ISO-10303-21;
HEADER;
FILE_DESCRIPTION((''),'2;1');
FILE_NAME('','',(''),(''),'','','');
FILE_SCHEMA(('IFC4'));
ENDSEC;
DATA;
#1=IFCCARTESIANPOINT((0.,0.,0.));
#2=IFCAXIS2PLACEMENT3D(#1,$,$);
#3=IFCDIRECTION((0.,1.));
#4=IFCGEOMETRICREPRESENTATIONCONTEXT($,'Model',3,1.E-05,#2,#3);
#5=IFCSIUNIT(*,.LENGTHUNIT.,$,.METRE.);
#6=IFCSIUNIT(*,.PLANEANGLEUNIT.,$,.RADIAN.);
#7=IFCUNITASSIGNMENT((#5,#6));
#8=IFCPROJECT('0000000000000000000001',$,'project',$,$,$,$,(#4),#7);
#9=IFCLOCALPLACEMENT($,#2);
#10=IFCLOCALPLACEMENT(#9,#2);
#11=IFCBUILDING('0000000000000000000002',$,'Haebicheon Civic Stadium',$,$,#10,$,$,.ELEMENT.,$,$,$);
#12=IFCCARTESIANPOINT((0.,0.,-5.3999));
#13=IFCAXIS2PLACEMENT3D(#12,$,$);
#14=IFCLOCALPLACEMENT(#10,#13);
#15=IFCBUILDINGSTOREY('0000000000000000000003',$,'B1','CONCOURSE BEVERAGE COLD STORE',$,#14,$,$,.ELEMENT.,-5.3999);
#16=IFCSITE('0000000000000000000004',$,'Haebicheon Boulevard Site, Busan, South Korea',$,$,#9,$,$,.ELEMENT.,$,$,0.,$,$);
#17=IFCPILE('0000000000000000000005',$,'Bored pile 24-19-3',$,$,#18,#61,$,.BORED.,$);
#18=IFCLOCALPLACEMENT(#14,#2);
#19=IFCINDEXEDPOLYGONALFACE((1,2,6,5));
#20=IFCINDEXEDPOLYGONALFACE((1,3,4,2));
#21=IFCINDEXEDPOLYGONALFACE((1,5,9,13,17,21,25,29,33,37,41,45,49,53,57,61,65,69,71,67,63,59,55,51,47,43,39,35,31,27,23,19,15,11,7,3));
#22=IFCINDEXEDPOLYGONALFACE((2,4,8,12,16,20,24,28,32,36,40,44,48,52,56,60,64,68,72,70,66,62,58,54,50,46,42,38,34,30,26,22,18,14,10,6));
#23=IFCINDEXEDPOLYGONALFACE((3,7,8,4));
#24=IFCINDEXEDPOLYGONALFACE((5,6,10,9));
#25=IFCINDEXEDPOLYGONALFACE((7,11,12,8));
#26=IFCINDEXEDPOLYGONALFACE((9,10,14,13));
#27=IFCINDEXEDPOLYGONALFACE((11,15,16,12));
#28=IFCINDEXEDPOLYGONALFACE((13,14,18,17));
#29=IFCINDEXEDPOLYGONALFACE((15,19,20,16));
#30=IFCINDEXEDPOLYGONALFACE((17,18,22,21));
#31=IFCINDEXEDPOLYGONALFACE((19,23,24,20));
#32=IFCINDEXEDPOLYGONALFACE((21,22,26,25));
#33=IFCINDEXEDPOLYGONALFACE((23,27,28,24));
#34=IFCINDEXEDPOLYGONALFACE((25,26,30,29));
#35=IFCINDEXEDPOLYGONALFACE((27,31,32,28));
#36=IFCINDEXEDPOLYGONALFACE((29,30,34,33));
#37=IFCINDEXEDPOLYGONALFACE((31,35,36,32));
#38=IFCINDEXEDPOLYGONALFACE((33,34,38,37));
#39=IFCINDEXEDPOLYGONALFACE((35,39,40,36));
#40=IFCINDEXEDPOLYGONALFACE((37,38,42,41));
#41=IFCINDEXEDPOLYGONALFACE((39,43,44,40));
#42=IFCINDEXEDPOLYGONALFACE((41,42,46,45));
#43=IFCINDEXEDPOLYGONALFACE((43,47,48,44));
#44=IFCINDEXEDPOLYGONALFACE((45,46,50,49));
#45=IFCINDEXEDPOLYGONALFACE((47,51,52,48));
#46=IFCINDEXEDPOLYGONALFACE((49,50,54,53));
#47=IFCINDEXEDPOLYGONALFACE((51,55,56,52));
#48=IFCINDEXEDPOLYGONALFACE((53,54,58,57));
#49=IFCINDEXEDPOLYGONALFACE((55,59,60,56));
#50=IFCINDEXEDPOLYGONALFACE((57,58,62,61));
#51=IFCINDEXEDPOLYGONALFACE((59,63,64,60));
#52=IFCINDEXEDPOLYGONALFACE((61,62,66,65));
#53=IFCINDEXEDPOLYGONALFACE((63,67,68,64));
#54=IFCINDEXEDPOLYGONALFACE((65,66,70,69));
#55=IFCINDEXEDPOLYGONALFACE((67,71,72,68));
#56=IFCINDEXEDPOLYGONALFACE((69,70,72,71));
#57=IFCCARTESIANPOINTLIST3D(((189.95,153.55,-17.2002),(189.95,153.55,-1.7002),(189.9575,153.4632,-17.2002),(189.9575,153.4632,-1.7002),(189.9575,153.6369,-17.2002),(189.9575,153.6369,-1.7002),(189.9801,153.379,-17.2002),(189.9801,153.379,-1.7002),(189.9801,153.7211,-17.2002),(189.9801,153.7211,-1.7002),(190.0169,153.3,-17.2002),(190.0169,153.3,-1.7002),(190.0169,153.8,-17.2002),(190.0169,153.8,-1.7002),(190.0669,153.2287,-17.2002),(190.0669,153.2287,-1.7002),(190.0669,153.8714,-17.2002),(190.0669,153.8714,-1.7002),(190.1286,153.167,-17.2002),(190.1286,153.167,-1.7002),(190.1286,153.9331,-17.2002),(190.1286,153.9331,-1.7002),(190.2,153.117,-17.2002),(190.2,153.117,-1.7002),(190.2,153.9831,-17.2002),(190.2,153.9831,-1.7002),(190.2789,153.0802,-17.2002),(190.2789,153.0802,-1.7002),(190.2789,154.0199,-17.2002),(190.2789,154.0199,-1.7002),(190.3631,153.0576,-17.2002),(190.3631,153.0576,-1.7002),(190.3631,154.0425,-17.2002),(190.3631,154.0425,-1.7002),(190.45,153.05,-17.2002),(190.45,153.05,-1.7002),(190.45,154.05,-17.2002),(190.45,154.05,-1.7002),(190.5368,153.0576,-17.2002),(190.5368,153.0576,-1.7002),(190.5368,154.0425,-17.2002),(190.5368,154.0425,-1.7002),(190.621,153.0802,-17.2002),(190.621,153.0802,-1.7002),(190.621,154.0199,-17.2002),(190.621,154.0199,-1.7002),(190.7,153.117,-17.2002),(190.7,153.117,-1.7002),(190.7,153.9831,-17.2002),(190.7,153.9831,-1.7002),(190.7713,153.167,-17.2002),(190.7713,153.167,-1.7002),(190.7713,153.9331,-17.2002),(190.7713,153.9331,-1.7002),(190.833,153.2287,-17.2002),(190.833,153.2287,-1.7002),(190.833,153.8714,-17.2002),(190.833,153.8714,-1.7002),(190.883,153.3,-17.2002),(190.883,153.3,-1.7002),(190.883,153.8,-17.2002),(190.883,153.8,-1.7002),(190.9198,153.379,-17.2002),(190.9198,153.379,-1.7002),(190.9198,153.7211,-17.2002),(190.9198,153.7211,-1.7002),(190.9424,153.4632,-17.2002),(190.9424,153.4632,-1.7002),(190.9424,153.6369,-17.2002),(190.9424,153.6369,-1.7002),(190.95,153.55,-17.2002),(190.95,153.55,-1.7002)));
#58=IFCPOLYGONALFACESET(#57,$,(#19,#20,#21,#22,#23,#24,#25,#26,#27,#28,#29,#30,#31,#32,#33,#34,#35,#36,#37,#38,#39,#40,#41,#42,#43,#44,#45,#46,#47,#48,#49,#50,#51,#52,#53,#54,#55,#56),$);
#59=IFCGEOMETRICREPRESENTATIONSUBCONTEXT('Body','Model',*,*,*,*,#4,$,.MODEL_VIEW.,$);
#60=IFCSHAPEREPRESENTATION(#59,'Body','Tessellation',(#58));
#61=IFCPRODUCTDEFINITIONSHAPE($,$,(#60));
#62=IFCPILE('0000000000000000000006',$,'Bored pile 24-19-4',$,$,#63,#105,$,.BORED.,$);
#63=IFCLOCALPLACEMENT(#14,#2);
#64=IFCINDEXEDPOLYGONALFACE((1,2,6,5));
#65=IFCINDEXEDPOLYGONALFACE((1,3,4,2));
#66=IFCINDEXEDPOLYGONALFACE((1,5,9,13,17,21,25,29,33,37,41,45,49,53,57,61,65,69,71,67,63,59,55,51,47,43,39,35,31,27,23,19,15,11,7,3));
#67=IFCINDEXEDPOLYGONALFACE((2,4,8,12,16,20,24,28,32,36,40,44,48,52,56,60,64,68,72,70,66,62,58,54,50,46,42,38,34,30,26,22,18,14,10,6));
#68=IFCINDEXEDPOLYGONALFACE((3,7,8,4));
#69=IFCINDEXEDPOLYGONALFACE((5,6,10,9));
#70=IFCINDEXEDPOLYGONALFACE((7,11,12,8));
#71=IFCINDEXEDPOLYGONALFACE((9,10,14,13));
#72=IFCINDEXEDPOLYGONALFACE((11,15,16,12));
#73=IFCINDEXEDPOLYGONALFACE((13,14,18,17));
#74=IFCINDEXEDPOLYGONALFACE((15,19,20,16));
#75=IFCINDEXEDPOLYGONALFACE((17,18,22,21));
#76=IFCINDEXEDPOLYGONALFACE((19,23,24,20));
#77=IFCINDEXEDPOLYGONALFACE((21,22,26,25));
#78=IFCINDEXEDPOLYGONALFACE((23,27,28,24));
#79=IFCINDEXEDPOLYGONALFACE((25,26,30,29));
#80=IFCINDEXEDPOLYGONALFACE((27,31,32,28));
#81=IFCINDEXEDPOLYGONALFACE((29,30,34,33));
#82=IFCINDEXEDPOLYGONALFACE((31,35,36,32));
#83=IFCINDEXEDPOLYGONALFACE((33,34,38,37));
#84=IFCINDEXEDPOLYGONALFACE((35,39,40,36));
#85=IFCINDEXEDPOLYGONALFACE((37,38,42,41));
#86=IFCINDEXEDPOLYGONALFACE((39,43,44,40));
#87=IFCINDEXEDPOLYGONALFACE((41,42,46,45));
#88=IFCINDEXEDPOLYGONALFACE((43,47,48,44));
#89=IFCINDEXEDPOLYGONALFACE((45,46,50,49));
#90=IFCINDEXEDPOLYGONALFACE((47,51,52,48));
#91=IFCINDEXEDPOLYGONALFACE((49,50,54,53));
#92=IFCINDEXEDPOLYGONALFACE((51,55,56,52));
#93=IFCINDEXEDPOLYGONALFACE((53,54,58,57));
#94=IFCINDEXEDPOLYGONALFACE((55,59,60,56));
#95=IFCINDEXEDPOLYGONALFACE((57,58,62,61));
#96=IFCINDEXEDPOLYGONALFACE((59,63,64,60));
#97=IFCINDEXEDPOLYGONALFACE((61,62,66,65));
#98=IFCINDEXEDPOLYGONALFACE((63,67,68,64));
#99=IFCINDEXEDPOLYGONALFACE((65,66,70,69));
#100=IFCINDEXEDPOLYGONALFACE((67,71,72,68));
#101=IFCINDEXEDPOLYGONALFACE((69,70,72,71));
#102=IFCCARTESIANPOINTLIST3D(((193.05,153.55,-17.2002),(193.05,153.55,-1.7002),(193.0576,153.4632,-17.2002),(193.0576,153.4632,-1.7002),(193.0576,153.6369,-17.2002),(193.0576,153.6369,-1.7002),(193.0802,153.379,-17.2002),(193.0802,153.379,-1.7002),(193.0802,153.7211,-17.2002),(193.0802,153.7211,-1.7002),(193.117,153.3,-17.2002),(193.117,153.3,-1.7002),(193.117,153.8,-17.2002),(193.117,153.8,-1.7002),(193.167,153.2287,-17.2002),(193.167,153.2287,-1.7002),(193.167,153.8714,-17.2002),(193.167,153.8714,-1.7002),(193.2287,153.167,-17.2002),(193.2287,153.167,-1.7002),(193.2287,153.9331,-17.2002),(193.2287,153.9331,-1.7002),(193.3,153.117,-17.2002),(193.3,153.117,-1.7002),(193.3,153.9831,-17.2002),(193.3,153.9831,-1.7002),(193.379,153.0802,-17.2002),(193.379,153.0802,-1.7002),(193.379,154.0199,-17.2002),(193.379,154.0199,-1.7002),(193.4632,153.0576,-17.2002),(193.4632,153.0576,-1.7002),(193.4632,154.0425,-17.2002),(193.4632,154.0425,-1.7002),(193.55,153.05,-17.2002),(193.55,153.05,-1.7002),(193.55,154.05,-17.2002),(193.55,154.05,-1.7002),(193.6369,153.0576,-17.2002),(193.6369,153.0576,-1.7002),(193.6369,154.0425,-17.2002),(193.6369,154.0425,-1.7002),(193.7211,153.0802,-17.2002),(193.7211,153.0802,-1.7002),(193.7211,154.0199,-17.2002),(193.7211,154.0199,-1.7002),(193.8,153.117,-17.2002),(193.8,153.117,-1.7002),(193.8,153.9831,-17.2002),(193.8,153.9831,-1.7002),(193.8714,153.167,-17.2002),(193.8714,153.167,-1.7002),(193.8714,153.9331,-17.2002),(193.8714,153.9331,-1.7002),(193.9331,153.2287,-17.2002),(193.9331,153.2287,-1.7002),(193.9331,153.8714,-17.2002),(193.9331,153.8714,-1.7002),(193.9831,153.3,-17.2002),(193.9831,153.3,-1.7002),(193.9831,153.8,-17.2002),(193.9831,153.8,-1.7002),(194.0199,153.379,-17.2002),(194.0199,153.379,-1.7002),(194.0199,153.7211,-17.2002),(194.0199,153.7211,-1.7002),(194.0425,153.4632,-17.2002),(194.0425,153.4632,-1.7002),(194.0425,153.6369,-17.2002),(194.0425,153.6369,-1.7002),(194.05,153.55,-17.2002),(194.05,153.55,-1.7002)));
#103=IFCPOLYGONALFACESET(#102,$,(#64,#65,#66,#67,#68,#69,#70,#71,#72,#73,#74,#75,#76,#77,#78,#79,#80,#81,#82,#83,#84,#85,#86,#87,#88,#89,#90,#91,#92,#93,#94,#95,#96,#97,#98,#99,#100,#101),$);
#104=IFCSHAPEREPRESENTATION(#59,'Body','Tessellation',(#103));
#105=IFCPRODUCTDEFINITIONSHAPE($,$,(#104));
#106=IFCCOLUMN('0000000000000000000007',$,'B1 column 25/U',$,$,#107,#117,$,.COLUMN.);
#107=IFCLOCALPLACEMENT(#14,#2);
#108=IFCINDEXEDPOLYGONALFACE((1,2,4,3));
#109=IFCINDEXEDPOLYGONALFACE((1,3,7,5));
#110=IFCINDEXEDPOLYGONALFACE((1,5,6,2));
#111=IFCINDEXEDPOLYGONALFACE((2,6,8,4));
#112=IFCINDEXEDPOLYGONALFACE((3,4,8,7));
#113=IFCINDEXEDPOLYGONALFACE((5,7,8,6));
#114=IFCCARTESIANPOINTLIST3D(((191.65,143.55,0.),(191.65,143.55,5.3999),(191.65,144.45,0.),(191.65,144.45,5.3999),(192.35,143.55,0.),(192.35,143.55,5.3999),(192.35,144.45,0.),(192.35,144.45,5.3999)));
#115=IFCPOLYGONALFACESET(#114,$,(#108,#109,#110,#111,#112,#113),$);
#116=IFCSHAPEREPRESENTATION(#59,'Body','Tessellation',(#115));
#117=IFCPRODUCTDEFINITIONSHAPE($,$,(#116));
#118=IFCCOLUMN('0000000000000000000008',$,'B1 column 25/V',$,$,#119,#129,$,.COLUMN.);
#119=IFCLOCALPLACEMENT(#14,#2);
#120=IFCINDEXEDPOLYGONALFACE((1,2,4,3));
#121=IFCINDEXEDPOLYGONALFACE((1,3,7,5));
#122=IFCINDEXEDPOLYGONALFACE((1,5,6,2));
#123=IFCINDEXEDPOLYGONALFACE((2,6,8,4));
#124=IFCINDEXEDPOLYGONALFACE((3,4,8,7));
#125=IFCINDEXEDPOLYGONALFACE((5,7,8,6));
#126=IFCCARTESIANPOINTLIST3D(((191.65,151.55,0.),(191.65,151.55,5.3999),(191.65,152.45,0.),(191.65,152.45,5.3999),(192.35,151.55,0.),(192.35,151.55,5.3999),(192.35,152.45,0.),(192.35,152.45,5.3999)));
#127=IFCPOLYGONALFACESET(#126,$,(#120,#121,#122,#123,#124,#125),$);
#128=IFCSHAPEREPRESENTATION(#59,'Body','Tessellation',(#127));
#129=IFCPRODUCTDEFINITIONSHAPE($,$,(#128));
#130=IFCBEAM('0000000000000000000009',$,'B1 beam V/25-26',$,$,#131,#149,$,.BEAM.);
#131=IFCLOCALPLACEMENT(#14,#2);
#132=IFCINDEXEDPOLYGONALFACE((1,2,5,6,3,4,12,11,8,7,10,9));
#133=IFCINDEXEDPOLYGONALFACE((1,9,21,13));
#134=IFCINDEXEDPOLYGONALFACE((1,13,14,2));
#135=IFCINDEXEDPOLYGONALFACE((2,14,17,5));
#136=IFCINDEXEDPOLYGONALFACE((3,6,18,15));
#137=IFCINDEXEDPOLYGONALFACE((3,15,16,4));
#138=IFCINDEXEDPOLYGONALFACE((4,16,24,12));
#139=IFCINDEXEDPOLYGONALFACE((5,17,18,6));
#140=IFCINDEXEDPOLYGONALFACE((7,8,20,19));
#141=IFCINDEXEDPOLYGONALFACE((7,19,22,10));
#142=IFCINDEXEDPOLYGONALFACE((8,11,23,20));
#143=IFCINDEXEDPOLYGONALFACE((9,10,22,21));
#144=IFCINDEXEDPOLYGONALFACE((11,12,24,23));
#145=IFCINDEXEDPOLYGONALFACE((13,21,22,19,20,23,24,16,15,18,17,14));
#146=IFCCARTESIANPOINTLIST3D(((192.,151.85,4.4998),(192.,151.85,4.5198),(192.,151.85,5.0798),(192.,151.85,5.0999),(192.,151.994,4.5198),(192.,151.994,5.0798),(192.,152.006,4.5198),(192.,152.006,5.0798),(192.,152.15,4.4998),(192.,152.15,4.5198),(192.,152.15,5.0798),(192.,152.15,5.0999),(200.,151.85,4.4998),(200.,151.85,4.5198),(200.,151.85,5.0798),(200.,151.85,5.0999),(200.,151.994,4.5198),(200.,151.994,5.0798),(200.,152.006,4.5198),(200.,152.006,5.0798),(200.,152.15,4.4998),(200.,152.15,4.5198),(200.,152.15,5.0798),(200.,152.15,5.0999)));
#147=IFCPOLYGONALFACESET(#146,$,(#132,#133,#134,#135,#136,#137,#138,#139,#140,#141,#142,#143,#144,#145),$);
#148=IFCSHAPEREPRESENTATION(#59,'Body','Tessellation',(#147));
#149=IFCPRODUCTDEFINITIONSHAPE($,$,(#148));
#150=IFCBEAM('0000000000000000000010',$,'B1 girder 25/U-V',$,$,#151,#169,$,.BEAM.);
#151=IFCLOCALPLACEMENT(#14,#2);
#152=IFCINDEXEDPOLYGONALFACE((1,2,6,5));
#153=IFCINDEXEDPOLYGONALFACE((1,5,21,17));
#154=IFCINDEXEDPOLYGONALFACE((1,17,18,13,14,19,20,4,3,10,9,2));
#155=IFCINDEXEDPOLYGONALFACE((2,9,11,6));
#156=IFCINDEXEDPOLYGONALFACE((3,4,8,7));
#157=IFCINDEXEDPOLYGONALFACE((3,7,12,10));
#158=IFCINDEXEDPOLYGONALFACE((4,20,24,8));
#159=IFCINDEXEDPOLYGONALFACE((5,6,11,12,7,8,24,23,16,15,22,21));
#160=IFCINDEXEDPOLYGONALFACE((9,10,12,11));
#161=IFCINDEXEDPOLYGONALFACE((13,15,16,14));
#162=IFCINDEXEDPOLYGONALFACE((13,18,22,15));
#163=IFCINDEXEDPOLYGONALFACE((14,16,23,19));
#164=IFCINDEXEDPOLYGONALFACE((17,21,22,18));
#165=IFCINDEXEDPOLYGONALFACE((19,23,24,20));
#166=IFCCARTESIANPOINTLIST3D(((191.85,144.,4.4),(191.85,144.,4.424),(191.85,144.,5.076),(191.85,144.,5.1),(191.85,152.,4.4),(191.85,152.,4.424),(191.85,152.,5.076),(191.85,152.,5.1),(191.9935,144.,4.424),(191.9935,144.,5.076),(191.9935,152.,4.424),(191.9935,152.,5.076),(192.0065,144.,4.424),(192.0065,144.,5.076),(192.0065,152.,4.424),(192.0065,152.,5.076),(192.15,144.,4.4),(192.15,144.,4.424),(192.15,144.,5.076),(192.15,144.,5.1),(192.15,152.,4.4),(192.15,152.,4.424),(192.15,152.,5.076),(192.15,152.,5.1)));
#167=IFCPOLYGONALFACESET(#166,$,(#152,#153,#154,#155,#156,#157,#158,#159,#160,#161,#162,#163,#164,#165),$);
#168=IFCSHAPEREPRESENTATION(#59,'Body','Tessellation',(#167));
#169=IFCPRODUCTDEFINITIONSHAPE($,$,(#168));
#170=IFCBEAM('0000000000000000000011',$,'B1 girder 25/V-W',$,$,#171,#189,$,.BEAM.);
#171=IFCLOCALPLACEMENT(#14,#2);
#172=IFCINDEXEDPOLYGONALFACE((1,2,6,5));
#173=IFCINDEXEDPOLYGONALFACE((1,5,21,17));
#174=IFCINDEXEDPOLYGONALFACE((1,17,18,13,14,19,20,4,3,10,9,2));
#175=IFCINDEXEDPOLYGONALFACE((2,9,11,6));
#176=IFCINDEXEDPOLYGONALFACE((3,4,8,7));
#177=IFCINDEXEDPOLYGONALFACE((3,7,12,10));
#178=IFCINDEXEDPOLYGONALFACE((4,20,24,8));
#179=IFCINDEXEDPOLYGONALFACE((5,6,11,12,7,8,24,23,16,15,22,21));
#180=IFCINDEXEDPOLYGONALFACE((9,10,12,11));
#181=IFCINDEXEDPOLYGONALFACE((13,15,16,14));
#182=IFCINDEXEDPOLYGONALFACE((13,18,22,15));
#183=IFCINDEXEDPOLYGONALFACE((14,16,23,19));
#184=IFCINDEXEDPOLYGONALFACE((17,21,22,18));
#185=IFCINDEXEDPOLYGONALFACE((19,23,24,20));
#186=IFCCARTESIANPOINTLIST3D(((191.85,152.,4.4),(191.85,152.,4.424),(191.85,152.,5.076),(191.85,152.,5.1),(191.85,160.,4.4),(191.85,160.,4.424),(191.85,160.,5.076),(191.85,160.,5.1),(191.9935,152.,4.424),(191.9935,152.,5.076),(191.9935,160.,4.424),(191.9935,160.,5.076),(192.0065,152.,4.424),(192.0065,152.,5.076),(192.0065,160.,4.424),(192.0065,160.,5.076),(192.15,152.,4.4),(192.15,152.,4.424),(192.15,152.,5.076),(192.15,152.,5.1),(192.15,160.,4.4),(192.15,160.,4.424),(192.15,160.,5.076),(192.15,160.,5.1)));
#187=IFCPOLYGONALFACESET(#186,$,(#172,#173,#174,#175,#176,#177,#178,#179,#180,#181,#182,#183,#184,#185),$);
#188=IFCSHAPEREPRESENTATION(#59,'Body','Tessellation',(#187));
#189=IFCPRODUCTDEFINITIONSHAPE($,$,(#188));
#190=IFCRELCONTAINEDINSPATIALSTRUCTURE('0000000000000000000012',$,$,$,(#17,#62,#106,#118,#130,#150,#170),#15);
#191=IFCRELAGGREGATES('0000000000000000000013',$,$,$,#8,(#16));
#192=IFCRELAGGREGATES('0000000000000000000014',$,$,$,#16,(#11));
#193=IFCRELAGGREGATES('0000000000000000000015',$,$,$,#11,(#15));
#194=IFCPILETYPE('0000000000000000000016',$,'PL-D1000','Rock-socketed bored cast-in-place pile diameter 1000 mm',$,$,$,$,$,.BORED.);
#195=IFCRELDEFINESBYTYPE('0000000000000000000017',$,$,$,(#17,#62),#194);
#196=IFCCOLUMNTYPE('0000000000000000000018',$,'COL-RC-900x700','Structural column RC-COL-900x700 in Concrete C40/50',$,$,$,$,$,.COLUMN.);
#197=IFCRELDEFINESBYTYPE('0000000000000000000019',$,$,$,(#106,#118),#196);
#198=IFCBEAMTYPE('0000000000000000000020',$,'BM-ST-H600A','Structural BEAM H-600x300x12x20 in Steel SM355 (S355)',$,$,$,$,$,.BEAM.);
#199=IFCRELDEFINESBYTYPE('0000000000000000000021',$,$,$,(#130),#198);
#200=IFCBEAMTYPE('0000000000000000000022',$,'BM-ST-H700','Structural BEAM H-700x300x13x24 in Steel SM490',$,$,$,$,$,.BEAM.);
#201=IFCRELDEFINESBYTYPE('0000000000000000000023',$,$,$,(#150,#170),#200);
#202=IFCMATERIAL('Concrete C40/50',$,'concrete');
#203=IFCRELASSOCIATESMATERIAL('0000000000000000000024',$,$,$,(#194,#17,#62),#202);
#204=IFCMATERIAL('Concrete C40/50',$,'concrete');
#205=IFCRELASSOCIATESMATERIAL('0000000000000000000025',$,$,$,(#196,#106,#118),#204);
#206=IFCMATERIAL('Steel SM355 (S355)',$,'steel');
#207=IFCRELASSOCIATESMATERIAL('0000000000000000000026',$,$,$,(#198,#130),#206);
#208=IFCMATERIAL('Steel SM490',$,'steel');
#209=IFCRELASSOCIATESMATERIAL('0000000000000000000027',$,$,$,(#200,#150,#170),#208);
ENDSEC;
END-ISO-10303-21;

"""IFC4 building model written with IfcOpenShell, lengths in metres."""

from ifc_helpers import new_model, si_unit, direction, frame, origin, origin_2d, place, context, subcontext, project, spatial, rectangle, circle, i_section, extrude, material, material_profile, profile_set, type_object, element, save


model = new_model("IFC4")

# Units and contexts
model_context = context("Model", 3, precision=1e-05, world=origin(), true_north=direction((0.0, 1.0)))
body_context = subcontext(model_context, "Body", "Model", "MODEL_VIEW")
ifc_project = project(units=[si_unit("LENGTHUNIT", "METRE"), si_unit("PLANEANGLEUNIT", "RADIAN")], contexts=[model_context])

# Site, building, storey
site_placement = place(None, origin())
site = spatial("IfcSite", under=ifc_project, at=site_placement, Name="Haebicheon Boulevard Site, Busan, South Korea", CompositionType="ELEMENT", RefElevation=0.0)
building_placement = place(site_placement, origin())
building = spatial("IfcBuilding", under=site, at=building_placement, Name="Haebicheon Civic Stadium", CompositionType="ELEMENT")
storey_placement = place(building_placement, frame((0.0, 0.0, -5.3999)))
storey = spatial("IfcBuildingStorey", under=building, at=storey_placement, Name="B1", Description="CONCOURSE BEVERAGE COLD STORE", CompositionType="ELEMENT", Elevation=-5.3999)

# Piles
ifc_material_1 = material(Name="Concrete C40/50", Category="concrete")
ifc_material_profile_1 = material_profile(ifc_material_1, circle(Radius=0.5, at=origin_2d()), Name="PILE-D1000")
ifc_profile_set_1 = profile_set([ifc_material_profile_1], Name="Concrete C40/50")
pile_type = type_object("IfcPileType", Name="PL-D1000", Description="Rock-socketed bored cast-in-place pile diameter 1000 mm", PredefinedType="BORED", material=ifc_profile_set_1)
for number, where, z_axis, x_axis, name in (
    (1, (190.45, 153.55, -1.7002), (0.0, 0.0, -1.0), (1.0, 0.0, 0.0), "Bored pile 24-19-3"),
    (2, (193.55, 153.55, -1.7002), (0.0, 0.0, -1.0), (1.0, 0.0, 0.0), "Bored pile 24-19-4"),
):
    element("IfcPile", number, at=place(storey_placement, frame(where, z_axis=z_axis, x_axis=x_axis)), inside=storey, type_object=pile_type, material=ifc_profile_set_1, Name=name, PredefinedType="BORED", context=body_context, shape_type="SweptSolid", body=[
        extrude(circle(Radius=0.5, at=origin_2d()), origin(), (0.0, 0.0, 1.0), 15.5),
    ])

# Columns
ifc_material_2 = material(Name="Concrete C40/50", Category="concrete")
ifc_material_profile_2 = material_profile(ifc_material_2, rectangle(XDim=0.7, YDim=0.8999, at=origin_2d()), Name="RC-COL-900x700")
ifc_profile_set_2 = profile_set([ifc_material_profile_2], Name="Concrete C40/50")
column_type = type_object("IfcColumnType", Name="COL-RC-900x700", Description="Structural column RC-COL-900x700 in Concrete C40/50", PredefinedType="COLUMN", material=ifc_profile_set_2)
for number, where, z_axis, x_axis, name in (
    (3, (192.0, 144.0, 0.0), (0.0, 0.0, 1.0), (1.0, 0.0, 0.0), "B1 column 25/U"),
    (4, (192.0, 152.0, 0.0), (0.0, 0.0, 1.0), (1.0, 0.0, 0.0), "B1 column 25/V"),
):
    element("IfcColumn", number, at=place(storey_placement, frame(where, z_axis=z_axis, x_axis=x_axis)), inside=storey, type_object=column_type, material=ifc_profile_set_2, Name=name, PredefinedType="COLUMN", context=body_context, shape_type="SweptSolid", body=[
        extrude(rectangle(XDim=0.7, YDim=0.8999, at=origin_2d()), origin(), (0.0, 0.0, 1.0), 5.3999),
    ])

# Beams
ifc_material_3 = material(Name="Steel SM355 (S355)", Category="steel")
ifc_material_profile_3 = material_profile(ifc_material_3, i_section(OverallWidth=0.3, OverallDepth=0.6001, WebThickness=0.012, FlangeThickness=0.02, at=origin_2d()), Name="H-600x300x12x20")
ifc_profile_set_3 = profile_set([ifc_material_profile_3], Name="Steel SM355 (S355)")
beam_type_1 = type_object("IfcBeamType", Name="BM-ST-H600A", Description="Structural BEAM H-600x300x12x20 in Steel SM355 (S355)", PredefinedType="BEAM", material=ifc_profile_set_3)
beam_1_placement = place(storey_placement, frame((192.0, 152.0, 4.7998), z_axis=(1.0, 0.0, 0.0), x_axis=(0.0, 1.0, 0.0)))
element("IfcBeam", 5, at=beam_1_placement, inside=storey, type_object=beam_type_1, material=ifc_profile_set_3, Name="B1 beam V/25-26", PredefinedType="BEAM", context=body_context, shape_type="SweptSolid", body=[
    extrude(i_section(OverallWidth=0.3, OverallDepth=0.6001, WebThickness=0.012, FlangeThickness=0.02, at=origin_2d()), origin(), (0.0, 0.0, 1.0), 8.0),
])
ifc_material_4 = material(Name="Steel SM490", Category="steel")
ifc_material_profile_4 = material_profile(ifc_material_4, i_section(OverallWidth=0.3, OverallDepth=0.7, WebThickness=0.0129, FlangeThickness=0.0239, at=origin_2d()), Name="H-700x300x13x24")
ifc_profile_set_4 = profile_set([ifc_material_profile_4], Name="Steel SM490")
beam_type_2 = type_object("IfcBeamType", Name="BM-ST-H700", Description="Structural BEAM H-700x300x13x24 in Steel SM490", PredefinedType="BEAM", material=ifc_profile_set_4)
for number, where, z_axis, x_axis, name in (
    (6, (192.0, 144.0, 4.75), (0.0, 1.0, 0.0), (-1.0, 0.0, 0.0), "B1 girder 25/U-V"),
    (7, (192.0, 152.0, 4.75), (0.0, 1.0, 0.0), (-1.0, 0.0, 0.0), "B1 girder 25/V-W"),
):
    element("IfcBeam", number, at=place(storey_placement, frame(where, z_axis=z_axis, x_axis=x_axis)), inside=storey, type_object=beam_type_2, material=ifc_profile_set_4, Name=name, PredefinedType="BEAM", context=body_context, shape_type="SweptSolid", body=[
        extrude(i_section(OverallWidth=0.3, OverallDepth=0.7, WebThickness=0.0129, FlangeThickness=0.0239, at=origin_2d()), origin(), (0.0, 0.0, 1.0), 8.0),
    ])

save(model, "model.ifc")
